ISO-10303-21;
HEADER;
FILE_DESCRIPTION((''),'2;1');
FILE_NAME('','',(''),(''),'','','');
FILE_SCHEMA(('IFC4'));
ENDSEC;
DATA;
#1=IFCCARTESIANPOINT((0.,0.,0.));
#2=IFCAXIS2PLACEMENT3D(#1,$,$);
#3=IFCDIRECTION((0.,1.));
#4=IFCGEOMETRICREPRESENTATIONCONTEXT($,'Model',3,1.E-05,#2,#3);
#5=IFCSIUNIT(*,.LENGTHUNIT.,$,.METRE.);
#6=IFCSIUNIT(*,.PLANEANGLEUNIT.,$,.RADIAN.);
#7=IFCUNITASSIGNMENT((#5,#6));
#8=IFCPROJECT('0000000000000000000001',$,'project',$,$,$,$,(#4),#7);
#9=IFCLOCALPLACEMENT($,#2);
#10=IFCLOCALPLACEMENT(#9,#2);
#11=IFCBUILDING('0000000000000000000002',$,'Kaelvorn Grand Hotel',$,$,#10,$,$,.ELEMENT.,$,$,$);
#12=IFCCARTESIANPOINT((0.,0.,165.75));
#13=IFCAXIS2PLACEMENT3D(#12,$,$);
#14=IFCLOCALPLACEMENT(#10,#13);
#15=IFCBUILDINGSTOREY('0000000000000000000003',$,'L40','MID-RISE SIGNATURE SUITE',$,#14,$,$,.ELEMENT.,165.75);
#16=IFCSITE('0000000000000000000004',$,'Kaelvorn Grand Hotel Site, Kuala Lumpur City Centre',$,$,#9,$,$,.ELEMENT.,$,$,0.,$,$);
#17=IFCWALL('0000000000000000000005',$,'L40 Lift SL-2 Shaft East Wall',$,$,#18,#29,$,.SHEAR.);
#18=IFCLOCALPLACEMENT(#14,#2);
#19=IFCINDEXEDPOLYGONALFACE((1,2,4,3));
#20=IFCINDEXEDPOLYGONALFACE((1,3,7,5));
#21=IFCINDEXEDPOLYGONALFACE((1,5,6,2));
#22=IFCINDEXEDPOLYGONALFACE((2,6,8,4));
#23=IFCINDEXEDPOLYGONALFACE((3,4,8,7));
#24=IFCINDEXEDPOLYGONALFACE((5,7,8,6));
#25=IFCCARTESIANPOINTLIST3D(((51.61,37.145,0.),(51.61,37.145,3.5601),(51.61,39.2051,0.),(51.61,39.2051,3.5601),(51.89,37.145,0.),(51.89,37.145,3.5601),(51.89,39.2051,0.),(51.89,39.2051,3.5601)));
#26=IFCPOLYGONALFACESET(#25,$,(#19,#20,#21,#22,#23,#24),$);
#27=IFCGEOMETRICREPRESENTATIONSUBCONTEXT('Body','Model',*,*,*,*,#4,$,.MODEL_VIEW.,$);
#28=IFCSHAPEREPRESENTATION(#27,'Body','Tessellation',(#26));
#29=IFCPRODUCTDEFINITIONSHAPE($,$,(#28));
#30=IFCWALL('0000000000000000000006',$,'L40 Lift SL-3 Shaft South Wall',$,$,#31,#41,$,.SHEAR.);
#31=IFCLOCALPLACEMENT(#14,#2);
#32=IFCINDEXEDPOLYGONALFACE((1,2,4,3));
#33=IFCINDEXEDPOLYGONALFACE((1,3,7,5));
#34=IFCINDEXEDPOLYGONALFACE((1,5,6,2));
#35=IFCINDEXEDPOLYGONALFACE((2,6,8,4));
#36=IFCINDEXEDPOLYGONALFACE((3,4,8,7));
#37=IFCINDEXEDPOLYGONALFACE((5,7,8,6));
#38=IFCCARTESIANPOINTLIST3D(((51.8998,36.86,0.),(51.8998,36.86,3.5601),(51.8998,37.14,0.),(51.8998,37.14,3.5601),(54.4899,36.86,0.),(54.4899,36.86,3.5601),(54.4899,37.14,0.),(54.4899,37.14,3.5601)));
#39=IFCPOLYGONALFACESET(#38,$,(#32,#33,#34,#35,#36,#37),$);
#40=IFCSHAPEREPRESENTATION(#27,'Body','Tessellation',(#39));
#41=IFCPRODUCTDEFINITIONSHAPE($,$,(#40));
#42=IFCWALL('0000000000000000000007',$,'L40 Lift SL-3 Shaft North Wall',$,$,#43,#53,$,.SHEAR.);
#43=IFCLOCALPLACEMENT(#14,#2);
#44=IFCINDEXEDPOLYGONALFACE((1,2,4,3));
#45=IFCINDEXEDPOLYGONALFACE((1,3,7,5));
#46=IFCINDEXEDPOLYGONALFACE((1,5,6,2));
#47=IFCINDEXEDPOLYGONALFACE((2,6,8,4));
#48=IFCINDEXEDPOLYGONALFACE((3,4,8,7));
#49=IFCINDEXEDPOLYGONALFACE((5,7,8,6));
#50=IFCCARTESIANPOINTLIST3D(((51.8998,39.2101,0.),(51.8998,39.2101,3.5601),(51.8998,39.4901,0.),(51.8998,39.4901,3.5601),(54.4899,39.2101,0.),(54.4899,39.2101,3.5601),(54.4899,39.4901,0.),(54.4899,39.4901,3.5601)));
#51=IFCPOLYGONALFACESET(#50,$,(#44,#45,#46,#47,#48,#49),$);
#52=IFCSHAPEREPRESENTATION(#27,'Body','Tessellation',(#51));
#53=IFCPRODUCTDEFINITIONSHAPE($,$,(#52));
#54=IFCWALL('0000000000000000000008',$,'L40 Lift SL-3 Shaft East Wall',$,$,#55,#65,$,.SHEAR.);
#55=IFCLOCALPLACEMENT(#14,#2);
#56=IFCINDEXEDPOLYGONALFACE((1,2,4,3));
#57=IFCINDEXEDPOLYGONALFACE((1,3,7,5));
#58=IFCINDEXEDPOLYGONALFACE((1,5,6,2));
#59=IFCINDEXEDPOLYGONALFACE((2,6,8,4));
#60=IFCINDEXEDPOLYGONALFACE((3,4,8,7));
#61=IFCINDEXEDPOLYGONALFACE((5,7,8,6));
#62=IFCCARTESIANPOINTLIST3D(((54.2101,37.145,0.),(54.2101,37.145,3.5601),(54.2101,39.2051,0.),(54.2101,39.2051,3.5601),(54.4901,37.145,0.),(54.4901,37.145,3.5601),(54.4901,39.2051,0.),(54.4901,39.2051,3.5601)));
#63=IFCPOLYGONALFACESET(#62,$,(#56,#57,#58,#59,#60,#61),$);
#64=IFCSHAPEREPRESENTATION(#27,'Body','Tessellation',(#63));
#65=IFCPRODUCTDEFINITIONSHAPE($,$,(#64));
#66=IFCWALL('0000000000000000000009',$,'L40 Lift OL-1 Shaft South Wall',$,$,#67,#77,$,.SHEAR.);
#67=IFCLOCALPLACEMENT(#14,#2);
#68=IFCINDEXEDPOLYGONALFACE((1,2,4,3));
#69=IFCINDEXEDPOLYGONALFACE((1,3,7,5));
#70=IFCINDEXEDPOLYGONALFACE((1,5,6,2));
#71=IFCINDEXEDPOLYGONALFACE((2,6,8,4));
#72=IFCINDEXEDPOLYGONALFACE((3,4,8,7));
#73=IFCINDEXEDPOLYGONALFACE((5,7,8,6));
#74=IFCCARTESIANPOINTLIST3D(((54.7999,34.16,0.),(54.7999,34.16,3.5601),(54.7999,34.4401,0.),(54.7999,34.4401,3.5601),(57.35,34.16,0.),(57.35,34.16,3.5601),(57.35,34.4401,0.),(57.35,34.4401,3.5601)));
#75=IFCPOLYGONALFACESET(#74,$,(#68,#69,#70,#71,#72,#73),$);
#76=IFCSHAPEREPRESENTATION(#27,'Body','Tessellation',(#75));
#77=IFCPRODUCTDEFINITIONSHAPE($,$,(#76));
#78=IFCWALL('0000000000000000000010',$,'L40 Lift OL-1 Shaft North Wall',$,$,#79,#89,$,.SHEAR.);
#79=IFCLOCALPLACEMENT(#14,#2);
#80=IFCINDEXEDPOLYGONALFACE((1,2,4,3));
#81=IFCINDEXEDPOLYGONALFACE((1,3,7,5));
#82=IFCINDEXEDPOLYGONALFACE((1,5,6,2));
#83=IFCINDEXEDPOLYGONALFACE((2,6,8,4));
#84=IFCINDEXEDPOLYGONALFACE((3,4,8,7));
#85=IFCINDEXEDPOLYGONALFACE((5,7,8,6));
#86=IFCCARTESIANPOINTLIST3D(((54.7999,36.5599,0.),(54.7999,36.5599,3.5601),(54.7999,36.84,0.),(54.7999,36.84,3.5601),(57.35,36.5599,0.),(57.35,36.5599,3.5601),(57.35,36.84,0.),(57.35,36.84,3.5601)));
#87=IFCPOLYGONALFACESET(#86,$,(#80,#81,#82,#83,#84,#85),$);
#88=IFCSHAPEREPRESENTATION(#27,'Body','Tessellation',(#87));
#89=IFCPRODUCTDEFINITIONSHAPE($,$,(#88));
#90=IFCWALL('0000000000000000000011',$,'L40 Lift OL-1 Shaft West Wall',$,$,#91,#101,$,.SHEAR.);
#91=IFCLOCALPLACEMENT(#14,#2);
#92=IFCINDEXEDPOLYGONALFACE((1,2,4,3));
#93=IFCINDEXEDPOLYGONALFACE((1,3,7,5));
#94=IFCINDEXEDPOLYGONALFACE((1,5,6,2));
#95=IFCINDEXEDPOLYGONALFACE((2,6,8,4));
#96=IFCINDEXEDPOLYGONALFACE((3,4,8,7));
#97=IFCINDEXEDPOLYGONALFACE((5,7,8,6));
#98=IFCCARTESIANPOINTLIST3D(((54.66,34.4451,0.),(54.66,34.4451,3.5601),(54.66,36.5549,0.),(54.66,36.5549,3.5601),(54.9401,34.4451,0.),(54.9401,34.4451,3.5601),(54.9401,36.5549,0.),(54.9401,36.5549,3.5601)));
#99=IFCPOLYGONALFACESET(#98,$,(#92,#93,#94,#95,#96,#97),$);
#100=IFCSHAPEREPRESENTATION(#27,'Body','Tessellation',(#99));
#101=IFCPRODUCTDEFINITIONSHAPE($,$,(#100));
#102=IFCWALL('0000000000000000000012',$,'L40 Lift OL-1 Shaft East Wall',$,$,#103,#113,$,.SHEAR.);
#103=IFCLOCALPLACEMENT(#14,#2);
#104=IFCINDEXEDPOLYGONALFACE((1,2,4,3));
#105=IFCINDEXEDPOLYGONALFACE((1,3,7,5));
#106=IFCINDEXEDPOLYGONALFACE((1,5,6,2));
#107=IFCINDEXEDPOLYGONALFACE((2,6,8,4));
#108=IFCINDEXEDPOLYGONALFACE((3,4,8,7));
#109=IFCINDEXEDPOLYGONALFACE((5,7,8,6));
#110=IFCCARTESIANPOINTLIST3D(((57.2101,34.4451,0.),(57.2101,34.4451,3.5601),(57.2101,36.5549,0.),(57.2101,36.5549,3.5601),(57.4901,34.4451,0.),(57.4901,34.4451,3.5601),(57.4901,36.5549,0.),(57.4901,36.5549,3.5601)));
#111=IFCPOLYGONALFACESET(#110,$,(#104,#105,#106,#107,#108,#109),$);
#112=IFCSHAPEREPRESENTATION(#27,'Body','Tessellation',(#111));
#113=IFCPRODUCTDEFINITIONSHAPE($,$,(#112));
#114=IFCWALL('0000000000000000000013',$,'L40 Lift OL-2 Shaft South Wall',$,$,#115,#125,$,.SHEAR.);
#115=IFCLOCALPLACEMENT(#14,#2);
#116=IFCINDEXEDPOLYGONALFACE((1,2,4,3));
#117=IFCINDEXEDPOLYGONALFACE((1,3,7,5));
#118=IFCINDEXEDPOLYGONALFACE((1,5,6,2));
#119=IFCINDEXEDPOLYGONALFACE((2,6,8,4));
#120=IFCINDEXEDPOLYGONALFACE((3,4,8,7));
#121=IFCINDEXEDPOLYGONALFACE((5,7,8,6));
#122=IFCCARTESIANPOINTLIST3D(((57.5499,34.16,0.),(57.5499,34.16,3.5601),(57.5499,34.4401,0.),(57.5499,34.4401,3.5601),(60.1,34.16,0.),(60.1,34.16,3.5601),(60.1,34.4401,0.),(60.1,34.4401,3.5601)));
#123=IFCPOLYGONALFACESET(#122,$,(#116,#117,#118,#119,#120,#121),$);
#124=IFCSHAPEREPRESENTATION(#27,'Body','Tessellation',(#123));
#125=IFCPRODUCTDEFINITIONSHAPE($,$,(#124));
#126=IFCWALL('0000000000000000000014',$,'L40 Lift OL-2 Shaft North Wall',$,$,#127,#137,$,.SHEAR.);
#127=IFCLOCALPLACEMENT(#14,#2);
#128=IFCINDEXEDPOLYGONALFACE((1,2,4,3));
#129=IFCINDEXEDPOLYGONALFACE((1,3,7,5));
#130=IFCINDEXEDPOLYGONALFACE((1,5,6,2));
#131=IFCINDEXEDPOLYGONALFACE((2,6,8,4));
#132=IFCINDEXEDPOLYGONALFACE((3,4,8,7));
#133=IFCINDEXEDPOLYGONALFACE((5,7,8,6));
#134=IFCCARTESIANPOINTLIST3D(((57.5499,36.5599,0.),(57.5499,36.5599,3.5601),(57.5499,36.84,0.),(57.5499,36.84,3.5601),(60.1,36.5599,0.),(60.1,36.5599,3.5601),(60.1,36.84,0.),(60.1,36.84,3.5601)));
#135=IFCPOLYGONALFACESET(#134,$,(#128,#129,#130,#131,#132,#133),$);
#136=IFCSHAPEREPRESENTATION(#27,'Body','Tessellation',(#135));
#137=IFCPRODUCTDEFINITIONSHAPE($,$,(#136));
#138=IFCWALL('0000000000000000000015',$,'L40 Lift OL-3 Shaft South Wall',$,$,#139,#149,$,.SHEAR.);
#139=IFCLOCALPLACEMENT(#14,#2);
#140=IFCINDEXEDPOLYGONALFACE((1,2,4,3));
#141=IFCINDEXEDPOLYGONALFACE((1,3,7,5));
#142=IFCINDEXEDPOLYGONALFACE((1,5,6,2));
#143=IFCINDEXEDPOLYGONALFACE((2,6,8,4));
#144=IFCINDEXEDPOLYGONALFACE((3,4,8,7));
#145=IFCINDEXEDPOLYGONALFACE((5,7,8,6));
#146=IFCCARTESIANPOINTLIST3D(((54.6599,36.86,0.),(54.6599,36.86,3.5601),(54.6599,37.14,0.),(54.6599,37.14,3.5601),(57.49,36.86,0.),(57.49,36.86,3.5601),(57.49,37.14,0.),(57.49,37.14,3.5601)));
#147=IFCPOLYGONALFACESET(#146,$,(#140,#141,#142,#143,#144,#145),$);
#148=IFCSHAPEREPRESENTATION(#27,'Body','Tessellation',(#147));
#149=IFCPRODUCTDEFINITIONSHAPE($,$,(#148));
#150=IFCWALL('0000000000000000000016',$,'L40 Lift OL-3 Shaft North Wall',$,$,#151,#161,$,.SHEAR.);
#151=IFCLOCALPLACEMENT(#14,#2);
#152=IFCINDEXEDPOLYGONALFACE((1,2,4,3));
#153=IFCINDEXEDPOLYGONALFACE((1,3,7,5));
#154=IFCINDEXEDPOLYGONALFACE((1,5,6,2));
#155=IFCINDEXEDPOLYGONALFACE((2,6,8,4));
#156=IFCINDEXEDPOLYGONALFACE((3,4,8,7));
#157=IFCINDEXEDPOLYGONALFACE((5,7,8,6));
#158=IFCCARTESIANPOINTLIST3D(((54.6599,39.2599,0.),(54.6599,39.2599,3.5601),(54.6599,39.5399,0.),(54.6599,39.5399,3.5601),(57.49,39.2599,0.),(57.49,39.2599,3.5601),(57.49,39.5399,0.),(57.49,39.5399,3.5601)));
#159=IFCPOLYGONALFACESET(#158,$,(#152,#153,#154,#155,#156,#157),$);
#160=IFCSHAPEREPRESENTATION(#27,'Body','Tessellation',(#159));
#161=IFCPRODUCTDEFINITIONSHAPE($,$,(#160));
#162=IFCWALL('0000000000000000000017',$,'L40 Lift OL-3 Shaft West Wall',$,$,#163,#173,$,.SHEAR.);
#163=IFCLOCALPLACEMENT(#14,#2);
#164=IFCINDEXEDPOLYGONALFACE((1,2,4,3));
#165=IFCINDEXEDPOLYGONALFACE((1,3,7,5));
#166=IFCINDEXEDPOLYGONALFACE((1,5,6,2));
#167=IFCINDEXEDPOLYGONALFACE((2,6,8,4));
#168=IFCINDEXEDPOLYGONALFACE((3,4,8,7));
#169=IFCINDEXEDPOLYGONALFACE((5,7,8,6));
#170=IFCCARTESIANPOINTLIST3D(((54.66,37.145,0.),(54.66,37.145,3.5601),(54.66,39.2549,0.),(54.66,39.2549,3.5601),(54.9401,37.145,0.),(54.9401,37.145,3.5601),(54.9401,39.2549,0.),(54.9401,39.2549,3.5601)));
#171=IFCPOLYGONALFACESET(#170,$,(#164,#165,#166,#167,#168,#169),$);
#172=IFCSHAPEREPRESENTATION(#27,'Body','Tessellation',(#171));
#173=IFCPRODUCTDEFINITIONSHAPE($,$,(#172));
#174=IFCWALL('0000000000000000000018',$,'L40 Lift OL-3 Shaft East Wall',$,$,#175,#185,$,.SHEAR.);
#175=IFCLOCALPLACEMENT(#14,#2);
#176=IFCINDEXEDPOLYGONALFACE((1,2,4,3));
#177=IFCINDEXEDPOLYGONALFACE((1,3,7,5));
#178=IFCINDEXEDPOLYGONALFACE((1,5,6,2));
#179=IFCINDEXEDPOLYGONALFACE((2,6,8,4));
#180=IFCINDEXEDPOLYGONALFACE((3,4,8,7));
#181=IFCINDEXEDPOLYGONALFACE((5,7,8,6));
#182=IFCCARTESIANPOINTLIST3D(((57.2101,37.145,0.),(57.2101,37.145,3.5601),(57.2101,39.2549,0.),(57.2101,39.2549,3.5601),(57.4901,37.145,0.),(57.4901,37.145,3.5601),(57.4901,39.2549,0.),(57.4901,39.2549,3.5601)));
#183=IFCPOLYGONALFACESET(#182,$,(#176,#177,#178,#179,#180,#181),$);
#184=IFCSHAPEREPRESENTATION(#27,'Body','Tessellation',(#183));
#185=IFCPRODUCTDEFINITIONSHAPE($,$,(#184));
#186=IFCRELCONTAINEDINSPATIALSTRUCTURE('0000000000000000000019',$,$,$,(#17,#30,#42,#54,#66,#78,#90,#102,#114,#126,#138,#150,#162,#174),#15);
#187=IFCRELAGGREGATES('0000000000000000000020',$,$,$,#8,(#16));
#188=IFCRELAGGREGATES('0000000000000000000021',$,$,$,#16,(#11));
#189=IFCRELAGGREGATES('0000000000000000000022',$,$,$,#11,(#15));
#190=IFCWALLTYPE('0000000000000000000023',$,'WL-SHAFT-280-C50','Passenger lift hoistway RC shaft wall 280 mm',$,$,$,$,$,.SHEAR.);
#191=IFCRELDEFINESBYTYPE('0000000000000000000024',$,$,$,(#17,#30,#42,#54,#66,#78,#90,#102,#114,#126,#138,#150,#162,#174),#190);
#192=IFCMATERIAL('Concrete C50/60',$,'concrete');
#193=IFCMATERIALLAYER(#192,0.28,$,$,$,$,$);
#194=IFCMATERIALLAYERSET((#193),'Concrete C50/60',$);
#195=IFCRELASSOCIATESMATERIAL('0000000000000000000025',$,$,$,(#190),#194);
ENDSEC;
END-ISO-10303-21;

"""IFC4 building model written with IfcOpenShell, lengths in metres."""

from ifc_helpers import new_model, si_unit, direction, frame, frame_2d, origin, place, context, subcontext, project, spatial, rectangle, extrude, material, layer, layer_set, type_object, element, save


model = new_model("IFC4")

# Units and contexts
model_context = context("Model", 3, precision=1e-05, world=origin(), true_north=direction((0.0, 1.0)))
body_context = subcontext(model_context, "Body", "Model", "MODEL_VIEW")
ifc_project = project(units=[si_unit("LENGTHUNIT", "METRE"), si_unit("PLANEANGLEUNIT", "RADIAN")], contexts=[model_context])

# Site, building, storey
site_placement = place(None, origin())
site = spatial("IfcSite", under=ifc_project, at=site_placement, Name="Kaelvorn Grand Hotel Site, Kuala Lumpur City Centre", CompositionType="ELEMENT", RefElevation=0.0)
building_placement = place(site_placement, origin())
building = spatial("IfcBuilding", under=site, at=building_placement, Name="Kaelvorn Grand Hotel", CompositionType="ELEMENT")
storey_placement = place(building_placement, frame((0.0, 0.0, 165.75)))
storey = spatial("IfcBuildingStorey", under=building, at=storey_placement, Name="L40", Description="MID-RISE SIGNATURE SUITE", CompositionType="ELEMENT", Elevation=165.75)

# Shared definitions
ifc_material_1 = material(Name="Concrete C50/60", Category="concrete")

# Shared definitions
ifc_layer_1 = layer(ifc_material_1, 0.28)
ifc_layer_set_1 = layer_set([ifc_layer_1], Name="Concrete C50/60")
wall_type_1 = type_object("IfcWallType", Name="WL-SHAFT-280-C50", Description="Passenger lift hoistway RC shaft wall 280 mm", PredefinedType="SHEAR", material=ifc_layer_set_1)

# Walls
wall_1_placement = place(storey_placement, frame((51.75, 37.145, 0.0), z_axis=(0.0, 0.0, 1.0), x_axis=(0.0, 1.0, 0.0)))
element("IfcWall", 1, at=wall_1_placement, inside=storey, type_object=wall_type_1, Name="L40 Lift SL-2 Shaft East Wall", PredefinedType="SHEAR", context=body_context, shape_type="SweptSolid", body=[
    extrude(rectangle(XDim=2.0601, YDim=0.28, at=frame_2d((1.03, 0.0))), origin(), (0.0, 0.0, 1.0), 3.5601),
])
for number, where, z_axis, x_axis, name in (
    (2, (51.8999, 37.0, 0.0), (0.0, 0.0, 1.0), (1.0, 0.0, 0.0), "L40 Lift SL-3 Shaft South Wall"),
    (3, (51.8999, 39.3501, 0.0), (0.0, 0.0, 1.0), (1.0, 0.0, 0.0), "L40 Lift SL-3 Shaft North Wall"),
):
    element("IfcWall", number, at=place(storey_placement, frame(where, z_axis=z_axis, x_axis=x_axis)), inside=storey, type_object=wall_type_1, Name=name, PredefinedType="SHEAR", context=body_context, shape_type="SweptSolid", body=[
        extrude(rectangle(XDim=2.5901, YDim=0.28, at=frame_2d((1.2949, 0.0))), origin(), (0.0, 0.0, 1.0), 3.5601),
    ])
wall_2_placement = place(storey_placement, frame((54.3501, 37.145, 0.0), z_axis=(0.0, 0.0, 1.0), x_axis=(0.0, 1.0, 0.0)))
element("IfcWall", 4, at=wall_2_placement, inside=storey, type_object=wall_type_1, Name="L40 Lift SL-3 Shaft East Wall", PredefinedType="SHEAR", context=body_context, shape_type="SweptSolid", body=[
    extrude(rectangle(XDim=2.0601, YDim=0.28, at=frame_2d((1.03, 0.0))), origin(), (0.0, 0.0, 1.0), 3.5601),
])
for number, where, z_axis, x_axis, name in (
    (5, (54.8, 34.3, 0.0), (0.0, 0.0, 1.0), (1.0, 0.0, 0.0), "L40 Lift OL-1 Shaft South Wall"),
    (6, (54.8, 36.7, 0.0), (0.0, 0.0, 1.0), (1.0, 0.0, 0.0), "L40 Lift OL-1 Shaft North Wall"),
):
    element("IfcWall", number, at=place(storey_placement, frame(where, z_axis=z_axis, x_axis=x_axis)), inside=storey, type_object=wall_type_1, Name=name, PredefinedType="SHEAR", context=body_context, shape_type="SweptSolid", body=[
        extrude(rectangle(XDim=2.55, YDim=0.28, at=frame_2d((1.2749, 0.0))), origin(), (0.0, 0.0, 1.0), 3.5601),
    ])
for number, where, z_axis, x_axis, name in (
    (7, (54.8, 34.4451, 0.0), (0.0, 0.0, 1.0), (0.0, 1.0, 0.0), "L40 Lift OL-1 Shaft West Wall"),
    (8, (57.3501, 34.4451, 0.0), (0.0, 0.0, 1.0), (0.0, 1.0, 0.0), "L40 Lift OL-1 Shaft East Wall"),
):
    element("IfcWall", number, at=place(storey_placement, frame(where, z_axis=z_axis, x_axis=x_axis)), inside=storey, type_object=wall_type_1, Name=name, PredefinedType="SHEAR", context=body_context, shape_type="SweptSolid", body=[
        extrude(rectangle(XDim=2.1099, YDim=0.28, at=frame_2d((1.0549, 0.0))), origin(), (0.0, 0.0, 1.0), 3.5601),
    ])
for number, where, z_axis, x_axis, name in (
    (9, (57.55, 34.3, 0.0), (0.0, 0.0, 1.0), (1.0, 0.0, 0.0), "L40 Lift OL-2 Shaft South Wall"),
    (10, (57.55, 36.7, 0.0), (0.0, 0.0, 1.0), (1.0, 0.0, 0.0), "L40 Lift OL-2 Shaft North Wall"),
):
    element("IfcWall", number, at=place(storey_placement, frame(where, z_axis=z_axis, x_axis=x_axis)), inside=storey, type_object=wall_type_1, Name=name, PredefinedType="SHEAR", context=body_context, shape_type="SweptSolid", body=[
        extrude(rectangle(XDim=2.55, YDim=0.28, at=frame_2d((1.2749, 0.0))), origin(), (0.0, 0.0, 1.0), 3.5601),
    ])
for number, where, z_axis, x_axis, name in (
    (11, (54.6599, 37.0, 0.0), (0.0, 0.0, 1.0), (1.0, 0.0, 0.0), "L40 Lift OL-3 Shaft South Wall"),
    (12, (54.6599, 39.3999, 0.0), (0.0, 0.0, 1.0), (1.0, 0.0, 0.0), "L40 Lift OL-3 Shaft North Wall"),
):
    element("IfcWall", number, at=place(storey_placement, frame(where, z_axis=z_axis, x_axis=x_axis)), inside=storey, type_object=wall_type_1, Name=name, PredefinedType="SHEAR", context=body_context, shape_type="SweptSolid", body=[
        extrude(rectangle(XDim=2.8301, YDim=0.28, at=frame_2d((1.415, 0.0))), origin(), (0.0, 0.0, 1.0), 3.5601),
    ])
for number, where, z_axis, x_axis, name in (
    (13, (54.8, 37.145, 0.0), (0.0, 0.0, 1.0), (0.0, 1.0, 0.0), "L40 Lift OL-3 Shaft West Wall"),
    (14, (57.3501, 37.145, 0.0), (0.0, 0.0, 1.0), (0.0, 1.0, 0.0), "L40 Lift OL-3 Shaft East Wall"),
):
    element("IfcWall", number, at=place(storey_placement, frame(where, z_axis=z_axis, x_axis=x_axis)), inside=storey, type_object=wall_type_1, Name=name, PredefinedType="SHEAR", context=body_context, shape_type="SweptSolid", body=[
        extrude(rectangle(XDim=2.1099, YDim=0.28, at=frame_2d((1.0549, 0.0))), origin(), (0.0, 0.0, 1.0), 3.5601),
    ])

save(model, "model.ifc")
